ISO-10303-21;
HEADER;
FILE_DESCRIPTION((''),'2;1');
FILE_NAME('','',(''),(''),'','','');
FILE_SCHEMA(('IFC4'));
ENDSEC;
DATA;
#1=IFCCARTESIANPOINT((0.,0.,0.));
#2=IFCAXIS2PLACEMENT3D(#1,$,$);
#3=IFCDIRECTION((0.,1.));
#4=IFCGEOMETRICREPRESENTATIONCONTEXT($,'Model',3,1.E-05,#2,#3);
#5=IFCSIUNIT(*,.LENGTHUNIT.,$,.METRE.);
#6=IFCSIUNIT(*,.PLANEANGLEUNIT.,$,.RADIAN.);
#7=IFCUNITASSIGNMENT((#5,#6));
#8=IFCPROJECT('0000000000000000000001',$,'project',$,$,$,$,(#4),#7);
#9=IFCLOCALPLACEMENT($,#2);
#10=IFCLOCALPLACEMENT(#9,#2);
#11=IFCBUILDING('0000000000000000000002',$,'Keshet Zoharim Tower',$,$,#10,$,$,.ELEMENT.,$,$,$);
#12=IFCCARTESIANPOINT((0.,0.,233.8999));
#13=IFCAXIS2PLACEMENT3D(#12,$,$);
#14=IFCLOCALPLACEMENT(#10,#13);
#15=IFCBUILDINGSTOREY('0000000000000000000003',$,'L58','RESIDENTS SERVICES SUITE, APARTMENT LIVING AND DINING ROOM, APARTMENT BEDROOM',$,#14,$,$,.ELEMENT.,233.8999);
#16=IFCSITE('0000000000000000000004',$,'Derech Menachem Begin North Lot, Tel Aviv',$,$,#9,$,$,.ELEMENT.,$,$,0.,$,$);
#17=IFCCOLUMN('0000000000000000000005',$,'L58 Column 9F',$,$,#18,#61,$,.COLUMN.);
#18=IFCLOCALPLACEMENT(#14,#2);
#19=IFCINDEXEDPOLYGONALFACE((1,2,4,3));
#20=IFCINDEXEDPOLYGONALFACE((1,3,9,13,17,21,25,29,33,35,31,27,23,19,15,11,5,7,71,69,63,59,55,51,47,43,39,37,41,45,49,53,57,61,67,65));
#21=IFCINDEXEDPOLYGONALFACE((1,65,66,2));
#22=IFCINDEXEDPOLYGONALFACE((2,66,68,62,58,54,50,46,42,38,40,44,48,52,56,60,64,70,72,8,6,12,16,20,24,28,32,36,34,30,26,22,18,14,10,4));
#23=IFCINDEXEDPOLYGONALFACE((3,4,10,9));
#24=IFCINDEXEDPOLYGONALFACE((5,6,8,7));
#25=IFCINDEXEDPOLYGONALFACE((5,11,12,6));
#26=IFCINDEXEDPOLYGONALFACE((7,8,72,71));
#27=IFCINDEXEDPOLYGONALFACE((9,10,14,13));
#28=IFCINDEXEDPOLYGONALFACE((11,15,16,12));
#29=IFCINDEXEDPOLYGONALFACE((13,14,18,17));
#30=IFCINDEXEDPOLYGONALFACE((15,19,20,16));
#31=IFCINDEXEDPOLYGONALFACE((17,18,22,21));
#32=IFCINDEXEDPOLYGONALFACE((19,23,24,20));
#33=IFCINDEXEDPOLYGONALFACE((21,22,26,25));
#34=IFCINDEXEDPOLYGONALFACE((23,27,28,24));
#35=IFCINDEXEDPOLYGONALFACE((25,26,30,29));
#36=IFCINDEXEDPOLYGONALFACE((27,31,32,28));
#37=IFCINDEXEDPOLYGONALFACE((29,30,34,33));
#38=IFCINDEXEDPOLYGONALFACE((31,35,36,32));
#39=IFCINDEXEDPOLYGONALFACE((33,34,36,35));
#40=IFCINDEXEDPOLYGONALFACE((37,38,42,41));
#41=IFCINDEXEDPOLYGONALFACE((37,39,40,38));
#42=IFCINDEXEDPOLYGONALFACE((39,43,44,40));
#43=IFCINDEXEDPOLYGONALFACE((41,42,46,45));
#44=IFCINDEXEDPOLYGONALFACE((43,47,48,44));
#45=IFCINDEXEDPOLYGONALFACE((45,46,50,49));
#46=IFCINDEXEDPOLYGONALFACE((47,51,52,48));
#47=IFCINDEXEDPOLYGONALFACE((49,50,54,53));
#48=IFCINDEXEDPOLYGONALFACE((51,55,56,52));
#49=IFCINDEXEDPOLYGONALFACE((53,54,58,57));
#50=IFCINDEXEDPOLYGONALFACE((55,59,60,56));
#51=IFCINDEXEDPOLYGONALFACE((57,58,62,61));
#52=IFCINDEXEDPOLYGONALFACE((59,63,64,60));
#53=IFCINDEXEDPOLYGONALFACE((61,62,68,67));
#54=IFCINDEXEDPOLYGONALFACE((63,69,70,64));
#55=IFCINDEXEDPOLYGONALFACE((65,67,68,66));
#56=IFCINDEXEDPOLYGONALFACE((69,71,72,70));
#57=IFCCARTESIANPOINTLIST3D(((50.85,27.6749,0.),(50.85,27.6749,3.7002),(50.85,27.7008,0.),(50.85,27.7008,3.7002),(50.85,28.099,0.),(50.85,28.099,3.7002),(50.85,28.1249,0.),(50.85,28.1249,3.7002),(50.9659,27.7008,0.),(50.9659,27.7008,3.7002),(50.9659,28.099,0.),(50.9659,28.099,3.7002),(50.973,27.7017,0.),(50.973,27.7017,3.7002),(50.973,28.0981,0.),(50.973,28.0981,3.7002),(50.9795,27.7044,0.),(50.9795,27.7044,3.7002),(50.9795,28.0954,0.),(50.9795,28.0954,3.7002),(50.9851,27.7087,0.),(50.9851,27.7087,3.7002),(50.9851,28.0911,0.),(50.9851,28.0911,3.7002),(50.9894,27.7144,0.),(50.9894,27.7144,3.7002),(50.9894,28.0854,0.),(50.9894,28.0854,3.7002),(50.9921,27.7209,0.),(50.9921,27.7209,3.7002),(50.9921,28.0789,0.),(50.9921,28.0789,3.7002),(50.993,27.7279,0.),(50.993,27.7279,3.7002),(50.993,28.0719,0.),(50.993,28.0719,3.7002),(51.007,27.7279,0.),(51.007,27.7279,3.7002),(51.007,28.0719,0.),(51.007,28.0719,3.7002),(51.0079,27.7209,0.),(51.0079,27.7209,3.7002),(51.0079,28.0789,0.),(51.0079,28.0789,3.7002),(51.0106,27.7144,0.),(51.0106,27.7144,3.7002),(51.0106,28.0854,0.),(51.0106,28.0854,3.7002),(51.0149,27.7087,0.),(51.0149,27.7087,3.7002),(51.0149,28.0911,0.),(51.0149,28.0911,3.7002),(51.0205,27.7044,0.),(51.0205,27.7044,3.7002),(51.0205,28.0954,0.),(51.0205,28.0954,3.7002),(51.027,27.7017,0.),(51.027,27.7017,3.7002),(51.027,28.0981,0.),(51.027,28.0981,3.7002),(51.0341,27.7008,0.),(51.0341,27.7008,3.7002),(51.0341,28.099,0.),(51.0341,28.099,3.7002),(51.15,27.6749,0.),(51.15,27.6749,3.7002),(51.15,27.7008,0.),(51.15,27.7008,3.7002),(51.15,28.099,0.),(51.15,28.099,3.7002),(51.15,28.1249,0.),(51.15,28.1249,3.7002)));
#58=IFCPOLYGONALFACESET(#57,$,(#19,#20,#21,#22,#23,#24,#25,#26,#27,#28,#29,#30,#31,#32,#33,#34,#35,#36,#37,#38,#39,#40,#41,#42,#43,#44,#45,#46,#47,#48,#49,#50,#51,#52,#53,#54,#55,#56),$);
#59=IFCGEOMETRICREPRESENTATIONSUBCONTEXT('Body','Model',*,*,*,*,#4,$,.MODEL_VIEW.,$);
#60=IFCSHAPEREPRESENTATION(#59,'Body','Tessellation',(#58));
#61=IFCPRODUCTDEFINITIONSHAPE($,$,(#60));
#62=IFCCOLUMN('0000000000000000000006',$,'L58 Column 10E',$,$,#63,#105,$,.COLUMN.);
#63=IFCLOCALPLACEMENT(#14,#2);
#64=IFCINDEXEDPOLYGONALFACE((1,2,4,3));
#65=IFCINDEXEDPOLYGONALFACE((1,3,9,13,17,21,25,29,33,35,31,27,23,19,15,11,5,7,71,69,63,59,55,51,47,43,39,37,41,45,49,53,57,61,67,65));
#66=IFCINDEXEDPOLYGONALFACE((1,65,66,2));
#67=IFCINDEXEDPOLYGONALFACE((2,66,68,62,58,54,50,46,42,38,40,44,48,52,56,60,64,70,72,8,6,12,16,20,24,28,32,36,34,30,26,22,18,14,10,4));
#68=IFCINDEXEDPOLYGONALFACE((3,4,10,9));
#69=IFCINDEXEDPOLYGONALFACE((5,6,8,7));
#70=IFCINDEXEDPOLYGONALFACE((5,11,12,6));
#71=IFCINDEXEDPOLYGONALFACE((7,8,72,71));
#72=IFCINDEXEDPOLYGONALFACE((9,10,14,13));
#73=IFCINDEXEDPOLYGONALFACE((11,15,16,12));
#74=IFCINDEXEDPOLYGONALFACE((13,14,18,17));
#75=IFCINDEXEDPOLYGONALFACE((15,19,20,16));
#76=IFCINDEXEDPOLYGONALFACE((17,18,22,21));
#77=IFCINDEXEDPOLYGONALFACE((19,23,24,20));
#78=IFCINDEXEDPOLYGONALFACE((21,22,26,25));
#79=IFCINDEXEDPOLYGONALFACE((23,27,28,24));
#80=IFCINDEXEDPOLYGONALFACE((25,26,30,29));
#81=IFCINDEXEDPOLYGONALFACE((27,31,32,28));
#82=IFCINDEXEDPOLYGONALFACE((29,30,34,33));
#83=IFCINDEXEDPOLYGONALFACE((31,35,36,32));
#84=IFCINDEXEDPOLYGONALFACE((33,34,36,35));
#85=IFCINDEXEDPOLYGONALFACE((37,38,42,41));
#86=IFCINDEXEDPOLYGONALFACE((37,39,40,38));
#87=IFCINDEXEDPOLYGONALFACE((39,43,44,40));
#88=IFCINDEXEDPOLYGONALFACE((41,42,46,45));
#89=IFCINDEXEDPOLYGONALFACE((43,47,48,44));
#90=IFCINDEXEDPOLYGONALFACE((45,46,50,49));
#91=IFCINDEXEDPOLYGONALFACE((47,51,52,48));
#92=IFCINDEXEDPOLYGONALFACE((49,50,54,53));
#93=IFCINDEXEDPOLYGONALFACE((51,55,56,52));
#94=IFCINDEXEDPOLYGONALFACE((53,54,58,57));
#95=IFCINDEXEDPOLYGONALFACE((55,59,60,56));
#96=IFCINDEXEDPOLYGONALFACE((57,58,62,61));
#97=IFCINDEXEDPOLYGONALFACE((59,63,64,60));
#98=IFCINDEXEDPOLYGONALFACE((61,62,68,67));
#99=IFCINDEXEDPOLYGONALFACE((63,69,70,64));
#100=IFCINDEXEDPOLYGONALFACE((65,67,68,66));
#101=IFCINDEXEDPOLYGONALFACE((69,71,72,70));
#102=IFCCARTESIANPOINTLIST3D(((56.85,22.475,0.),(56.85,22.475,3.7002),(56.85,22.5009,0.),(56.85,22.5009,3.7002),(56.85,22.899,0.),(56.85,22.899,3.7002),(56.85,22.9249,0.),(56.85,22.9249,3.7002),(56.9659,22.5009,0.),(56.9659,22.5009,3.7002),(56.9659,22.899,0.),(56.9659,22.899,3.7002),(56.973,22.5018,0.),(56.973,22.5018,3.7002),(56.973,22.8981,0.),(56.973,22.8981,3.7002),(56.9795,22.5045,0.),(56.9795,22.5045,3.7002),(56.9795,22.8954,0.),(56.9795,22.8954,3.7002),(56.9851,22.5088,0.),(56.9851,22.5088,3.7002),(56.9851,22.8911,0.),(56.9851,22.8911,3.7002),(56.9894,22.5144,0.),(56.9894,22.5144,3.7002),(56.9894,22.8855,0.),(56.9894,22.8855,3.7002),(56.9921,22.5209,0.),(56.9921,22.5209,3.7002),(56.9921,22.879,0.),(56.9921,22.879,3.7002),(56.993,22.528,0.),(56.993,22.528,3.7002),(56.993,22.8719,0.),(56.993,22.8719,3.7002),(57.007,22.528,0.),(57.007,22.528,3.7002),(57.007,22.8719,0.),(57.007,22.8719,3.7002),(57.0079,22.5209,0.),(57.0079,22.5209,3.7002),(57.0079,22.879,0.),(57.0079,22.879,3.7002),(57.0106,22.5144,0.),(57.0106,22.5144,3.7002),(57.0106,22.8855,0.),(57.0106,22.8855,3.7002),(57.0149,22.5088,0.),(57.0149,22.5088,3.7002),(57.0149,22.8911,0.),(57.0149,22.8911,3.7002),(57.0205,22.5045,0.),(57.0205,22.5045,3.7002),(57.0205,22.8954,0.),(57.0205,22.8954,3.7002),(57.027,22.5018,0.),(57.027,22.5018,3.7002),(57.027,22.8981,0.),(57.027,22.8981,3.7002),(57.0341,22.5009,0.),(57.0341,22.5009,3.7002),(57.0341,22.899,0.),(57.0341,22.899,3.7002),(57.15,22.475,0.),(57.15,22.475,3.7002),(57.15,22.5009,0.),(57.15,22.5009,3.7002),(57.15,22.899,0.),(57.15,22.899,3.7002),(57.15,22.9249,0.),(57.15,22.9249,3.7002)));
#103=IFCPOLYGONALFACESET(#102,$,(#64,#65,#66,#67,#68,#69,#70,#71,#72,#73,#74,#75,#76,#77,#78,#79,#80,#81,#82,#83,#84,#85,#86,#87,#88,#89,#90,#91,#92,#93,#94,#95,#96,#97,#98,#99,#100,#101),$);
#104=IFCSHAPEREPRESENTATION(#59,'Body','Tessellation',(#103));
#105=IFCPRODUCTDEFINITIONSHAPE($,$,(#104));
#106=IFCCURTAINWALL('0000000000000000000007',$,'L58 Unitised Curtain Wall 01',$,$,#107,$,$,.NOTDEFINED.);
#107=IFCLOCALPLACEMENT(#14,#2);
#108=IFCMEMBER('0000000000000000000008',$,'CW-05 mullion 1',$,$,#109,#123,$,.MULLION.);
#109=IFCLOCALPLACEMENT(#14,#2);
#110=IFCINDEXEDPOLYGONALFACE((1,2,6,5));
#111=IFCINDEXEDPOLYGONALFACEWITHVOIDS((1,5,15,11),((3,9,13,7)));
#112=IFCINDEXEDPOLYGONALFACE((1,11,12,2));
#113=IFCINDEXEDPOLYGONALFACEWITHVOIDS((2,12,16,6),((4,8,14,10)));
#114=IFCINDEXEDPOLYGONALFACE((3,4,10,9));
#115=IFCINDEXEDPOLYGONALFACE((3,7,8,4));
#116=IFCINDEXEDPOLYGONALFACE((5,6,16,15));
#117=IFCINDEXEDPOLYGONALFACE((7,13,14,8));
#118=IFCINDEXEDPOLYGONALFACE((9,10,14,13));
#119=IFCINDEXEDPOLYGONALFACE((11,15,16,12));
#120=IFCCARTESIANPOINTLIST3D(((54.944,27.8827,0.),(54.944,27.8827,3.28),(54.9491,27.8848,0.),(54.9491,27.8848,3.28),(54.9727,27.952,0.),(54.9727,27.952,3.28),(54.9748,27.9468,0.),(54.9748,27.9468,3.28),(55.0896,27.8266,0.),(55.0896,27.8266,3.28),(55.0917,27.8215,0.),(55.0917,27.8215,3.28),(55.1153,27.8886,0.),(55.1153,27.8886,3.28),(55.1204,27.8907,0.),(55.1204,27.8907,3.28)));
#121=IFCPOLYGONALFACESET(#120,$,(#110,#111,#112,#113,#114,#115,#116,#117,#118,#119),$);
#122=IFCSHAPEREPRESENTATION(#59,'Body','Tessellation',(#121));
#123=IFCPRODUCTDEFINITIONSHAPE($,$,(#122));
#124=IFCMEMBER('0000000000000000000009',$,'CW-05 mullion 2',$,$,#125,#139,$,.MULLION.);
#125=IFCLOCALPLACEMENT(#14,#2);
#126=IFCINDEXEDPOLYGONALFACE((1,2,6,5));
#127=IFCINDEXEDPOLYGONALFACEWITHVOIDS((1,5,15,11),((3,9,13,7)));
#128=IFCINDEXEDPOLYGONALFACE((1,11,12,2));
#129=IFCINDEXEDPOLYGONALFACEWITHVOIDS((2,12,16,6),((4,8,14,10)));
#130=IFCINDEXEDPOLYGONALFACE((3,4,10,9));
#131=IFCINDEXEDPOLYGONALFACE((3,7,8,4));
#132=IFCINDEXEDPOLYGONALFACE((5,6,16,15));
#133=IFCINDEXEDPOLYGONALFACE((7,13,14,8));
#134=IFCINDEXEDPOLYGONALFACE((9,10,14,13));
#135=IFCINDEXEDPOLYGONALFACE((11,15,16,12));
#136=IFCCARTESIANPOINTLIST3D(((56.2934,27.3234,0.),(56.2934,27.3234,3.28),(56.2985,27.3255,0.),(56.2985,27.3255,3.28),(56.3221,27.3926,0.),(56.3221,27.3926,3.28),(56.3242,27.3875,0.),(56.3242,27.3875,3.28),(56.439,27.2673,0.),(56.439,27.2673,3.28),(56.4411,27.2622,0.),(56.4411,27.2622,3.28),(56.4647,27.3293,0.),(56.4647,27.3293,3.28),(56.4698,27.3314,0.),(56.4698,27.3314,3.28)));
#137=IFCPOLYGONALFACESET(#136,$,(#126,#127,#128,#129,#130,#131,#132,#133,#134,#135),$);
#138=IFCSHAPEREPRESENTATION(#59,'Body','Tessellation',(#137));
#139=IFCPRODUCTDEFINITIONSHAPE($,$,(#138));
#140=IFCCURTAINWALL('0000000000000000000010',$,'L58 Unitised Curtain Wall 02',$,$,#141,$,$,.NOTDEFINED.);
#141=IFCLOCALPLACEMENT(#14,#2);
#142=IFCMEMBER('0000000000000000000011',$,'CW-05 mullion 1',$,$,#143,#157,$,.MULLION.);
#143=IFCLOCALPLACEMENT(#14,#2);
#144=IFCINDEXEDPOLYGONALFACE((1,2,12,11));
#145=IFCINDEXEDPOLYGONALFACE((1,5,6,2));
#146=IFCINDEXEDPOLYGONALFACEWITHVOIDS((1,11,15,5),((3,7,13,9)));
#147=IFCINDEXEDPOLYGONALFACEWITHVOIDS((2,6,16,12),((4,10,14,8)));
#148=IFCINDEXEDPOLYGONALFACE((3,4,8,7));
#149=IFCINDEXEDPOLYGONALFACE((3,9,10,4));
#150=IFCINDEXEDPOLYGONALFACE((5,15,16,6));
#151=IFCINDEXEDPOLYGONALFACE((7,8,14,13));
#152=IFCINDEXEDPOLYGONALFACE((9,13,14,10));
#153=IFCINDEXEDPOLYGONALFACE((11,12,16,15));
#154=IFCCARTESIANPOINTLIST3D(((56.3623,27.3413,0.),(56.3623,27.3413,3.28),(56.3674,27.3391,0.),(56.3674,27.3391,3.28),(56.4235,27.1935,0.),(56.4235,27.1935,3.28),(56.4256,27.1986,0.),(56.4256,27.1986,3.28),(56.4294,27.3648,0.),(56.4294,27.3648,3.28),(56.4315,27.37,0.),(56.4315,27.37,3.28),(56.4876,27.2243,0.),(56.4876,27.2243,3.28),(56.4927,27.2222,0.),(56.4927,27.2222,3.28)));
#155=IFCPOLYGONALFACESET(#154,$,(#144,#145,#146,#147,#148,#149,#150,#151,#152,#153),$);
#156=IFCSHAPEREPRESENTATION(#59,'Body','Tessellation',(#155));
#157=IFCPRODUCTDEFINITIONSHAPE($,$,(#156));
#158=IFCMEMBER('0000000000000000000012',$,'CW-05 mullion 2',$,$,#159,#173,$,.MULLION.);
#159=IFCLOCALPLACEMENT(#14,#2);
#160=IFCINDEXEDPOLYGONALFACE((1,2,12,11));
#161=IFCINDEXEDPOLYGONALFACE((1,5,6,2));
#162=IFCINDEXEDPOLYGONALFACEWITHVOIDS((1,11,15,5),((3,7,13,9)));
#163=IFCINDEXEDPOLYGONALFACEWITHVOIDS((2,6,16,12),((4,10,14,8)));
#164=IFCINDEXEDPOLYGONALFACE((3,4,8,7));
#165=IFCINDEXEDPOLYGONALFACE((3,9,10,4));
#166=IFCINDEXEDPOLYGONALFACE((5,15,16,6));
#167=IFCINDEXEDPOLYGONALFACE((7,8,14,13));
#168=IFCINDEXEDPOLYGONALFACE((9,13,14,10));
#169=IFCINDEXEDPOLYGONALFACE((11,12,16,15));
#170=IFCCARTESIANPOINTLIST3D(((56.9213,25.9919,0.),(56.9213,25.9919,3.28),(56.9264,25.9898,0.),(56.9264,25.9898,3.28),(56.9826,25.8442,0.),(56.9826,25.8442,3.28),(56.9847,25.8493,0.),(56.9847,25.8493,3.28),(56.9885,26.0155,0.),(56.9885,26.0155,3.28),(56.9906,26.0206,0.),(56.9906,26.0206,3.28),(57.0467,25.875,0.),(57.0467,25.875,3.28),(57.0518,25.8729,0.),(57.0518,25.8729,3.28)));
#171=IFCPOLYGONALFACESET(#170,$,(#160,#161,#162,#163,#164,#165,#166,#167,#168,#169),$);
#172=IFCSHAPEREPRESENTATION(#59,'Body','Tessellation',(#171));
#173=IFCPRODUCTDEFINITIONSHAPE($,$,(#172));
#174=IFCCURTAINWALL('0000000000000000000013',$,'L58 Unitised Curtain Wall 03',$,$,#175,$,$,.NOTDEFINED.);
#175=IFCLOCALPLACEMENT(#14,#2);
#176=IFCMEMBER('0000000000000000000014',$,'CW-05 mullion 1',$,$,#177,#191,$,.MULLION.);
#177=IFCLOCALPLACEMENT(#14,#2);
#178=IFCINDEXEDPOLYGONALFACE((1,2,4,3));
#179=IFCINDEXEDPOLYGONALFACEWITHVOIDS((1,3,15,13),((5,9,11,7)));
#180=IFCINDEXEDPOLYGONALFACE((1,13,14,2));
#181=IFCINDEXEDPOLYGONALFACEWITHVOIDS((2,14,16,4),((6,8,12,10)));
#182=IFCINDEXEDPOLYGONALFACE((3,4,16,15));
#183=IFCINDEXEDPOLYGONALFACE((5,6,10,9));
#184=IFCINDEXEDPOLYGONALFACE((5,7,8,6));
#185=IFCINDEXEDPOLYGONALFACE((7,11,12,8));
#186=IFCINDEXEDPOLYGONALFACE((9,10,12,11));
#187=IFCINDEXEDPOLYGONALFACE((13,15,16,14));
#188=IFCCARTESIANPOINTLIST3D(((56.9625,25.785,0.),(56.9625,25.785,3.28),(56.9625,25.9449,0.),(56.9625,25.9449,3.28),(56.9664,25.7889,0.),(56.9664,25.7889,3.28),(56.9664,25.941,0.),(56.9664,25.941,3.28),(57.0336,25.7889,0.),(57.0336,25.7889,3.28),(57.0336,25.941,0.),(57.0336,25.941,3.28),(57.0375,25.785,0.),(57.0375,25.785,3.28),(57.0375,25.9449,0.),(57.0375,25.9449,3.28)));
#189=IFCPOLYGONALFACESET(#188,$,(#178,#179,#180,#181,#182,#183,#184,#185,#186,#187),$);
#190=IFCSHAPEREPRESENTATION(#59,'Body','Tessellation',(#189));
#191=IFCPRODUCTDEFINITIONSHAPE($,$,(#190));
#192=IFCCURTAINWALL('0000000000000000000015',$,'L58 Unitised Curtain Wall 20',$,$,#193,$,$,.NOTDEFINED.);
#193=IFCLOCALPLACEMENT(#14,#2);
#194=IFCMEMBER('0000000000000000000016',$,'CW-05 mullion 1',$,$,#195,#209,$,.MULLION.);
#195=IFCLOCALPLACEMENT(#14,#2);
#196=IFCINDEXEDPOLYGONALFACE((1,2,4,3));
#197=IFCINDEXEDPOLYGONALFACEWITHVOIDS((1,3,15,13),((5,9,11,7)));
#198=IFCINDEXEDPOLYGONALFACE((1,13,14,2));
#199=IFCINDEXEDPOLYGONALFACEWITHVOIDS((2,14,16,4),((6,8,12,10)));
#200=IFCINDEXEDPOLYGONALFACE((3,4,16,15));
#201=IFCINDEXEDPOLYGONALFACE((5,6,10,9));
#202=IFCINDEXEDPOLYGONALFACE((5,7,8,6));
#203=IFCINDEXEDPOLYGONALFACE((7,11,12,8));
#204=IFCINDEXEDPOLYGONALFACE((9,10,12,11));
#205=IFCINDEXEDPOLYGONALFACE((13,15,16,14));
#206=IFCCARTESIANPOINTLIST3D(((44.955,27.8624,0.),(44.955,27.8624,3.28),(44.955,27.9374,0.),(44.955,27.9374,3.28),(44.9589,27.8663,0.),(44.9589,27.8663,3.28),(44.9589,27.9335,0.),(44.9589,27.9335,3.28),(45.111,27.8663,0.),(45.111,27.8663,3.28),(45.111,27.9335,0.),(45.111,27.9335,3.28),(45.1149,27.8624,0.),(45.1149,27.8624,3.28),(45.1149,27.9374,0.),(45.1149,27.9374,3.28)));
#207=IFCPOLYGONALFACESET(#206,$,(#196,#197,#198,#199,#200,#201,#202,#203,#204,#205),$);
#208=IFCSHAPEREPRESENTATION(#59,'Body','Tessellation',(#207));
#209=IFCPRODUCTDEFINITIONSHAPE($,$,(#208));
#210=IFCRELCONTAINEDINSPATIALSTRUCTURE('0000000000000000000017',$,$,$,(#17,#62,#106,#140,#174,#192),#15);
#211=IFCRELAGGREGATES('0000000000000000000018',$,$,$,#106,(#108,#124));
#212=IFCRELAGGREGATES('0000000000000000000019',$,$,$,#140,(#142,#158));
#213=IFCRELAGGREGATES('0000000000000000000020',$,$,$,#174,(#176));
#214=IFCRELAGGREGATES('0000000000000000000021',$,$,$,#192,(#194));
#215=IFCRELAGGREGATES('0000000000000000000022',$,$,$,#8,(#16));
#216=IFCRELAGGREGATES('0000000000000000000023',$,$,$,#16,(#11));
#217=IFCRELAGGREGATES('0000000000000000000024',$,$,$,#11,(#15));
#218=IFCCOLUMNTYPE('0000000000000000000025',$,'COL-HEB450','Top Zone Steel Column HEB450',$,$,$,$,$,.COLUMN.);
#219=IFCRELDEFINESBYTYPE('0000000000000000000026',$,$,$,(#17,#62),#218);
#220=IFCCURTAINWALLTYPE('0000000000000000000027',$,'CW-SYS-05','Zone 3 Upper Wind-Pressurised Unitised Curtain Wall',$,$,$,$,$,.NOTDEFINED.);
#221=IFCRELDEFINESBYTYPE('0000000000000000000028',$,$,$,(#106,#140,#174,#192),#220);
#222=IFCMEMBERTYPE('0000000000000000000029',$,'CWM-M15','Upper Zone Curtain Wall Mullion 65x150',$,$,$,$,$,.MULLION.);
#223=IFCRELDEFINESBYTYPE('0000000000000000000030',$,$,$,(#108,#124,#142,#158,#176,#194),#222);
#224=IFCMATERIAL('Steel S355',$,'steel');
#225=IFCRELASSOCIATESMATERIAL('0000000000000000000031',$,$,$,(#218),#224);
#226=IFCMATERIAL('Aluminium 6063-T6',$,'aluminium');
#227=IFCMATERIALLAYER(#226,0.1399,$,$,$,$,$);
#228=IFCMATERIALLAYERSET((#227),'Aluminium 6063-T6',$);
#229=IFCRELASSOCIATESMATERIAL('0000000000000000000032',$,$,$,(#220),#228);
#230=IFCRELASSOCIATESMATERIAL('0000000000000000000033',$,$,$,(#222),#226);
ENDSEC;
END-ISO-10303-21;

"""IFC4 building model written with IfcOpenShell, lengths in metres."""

from ifc_helpers import new_model, si_unit, direction, frame, origin, origin_2d, place, context, subcontext, project, spatial, hollow_rectangle, i_section, extrude, material, layer, layer_set, material_profile, profile_set, type_object, element, aggregate, save


model = new_model("IFC4")

# Units and contexts
model_context = context("Model", 3, precision=1e-05, world=origin(), true_north=direction((0.0, 1.0)))
body_context = subcontext(model_context, "Body", "Model", "MODEL_VIEW")
ifc_project = project(units=[si_unit("LENGTHUNIT", "METRE"), si_unit("PLANEANGLEUNIT", "RADIAN")], contexts=[model_context])

# Site, building, storey
site_placement = place(None, origin())
site = spatial("IfcSite", under=ifc_project, at=site_placement, Name="Derech Menachem Begin North Lot, Tel Aviv", CompositionType="ELEMENT", RefElevation=0.0)
building_placement = place(site_placement, origin())
building = spatial("IfcBuilding", under=site, at=building_placement, Name="Keshet Zoharim Tower", CompositionType="ELEMENT")
storey_placement = place(building_placement, frame((0.0, 0.0, 233.8999)))
storey = spatial("IfcBuildingStorey", under=building, at=storey_placement, Name="L58", Description="RESIDENTS SERVICES SUITE, APARTMENT LIVING AND DINING ROOM, APARTMENT BEDROOM", CompositionType="ELEMENT", Elevation=233.8999)

# Columns
ifc_material_1 = material(Name="Steel S355", Category="steel")
ifc_material_profile_1 = material_profile(ifc_material_1, i_section(OverallWidth=0.3, OverallDepth=0.45, WebThickness=0.0139, FlangeThickness=0.0259, FilletRadius=0.0271, at=origin_2d()), Name="HEB450")
ifc_profile_set_1 = profile_set([ifc_material_profile_1], Name="Steel S355")
column_type = type_object("IfcColumnType", Name="COL-HEB450", Description="Top Zone Steel Column HEB450", PredefinedType="COLUMN", material=ifc_profile_set_1)
for number, where, z_axis, x_axis, name in (
    (1, (51.0, 27.8999, 0.0), (0.0, 0.0, 1.0), (1.0, 0.0, 0.0), "L58 Column 9F"),
    (2, (57.0, 22.7, 0.0), (0.0, 0.0, 1.0), (1.0, 0.0, 0.0), "L58 Column 10E"),
):
    element("IfcColumn", number, at=place(storey_placement, frame(where, z_axis=z_axis, x_axis=x_axis)), inside=storey, type_object=column_type, Name=name, PredefinedType="COLUMN", context=body_context, shape_type="SweptSolid", body=[
        extrude(i_section(OverallWidth=0.3, OverallDepth=0.45, WebThickness=0.0139, FlangeThickness=0.0259, FilletRadius=0.0271, at=origin_2d()), origin(), (0.0, 0.0, 1.0), 3.7002),
    ])

# Curtain walls, members
ifc_material_2 = material(Name="Aluminium 6063-T6", Category="aluminium")
ifc_layer_1 = layer(ifc_material_2, 0.1399)
ifc_layer_set_1 = layer_set([ifc_layer_1], Name="Aluminium 6063-T6")
curtain_wall_type = type_object("IfcCurtainWallType", Name="CW-SYS-05", Description="Zone 3 Upper Wind-Pressurised Unitised Curtain Wall", PredefinedType="NOTDEFINED", material=ifc_layer_set_1)
curtain_wall_1_placement = place(storey_placement, origin())
curtain_wall_1 = element("IfcCurtainWall", 3, at=curtain_wall_1_placement, inside=storey, type_object=curtain_wall_type, Name="L58 Unitised Curtain Wall 01", PredefinedType="NOTDEFINED")
ifc_material_profile_2 = material_profile(ifc_material_2, hollow_rectangle(XDim=0.075, YDim=0.1599, WallThickness=0.0039, at=origin_2d()), Name="MUL-75x160")
ifc_profile_set_2 = profile_set([ifc_material_profile_2], Name="Aluminium 6063-T6")
member_type_1 = type_object("IfcMemberType", Name="CWM-M15", Description="Upper Zone Curtain Wall Mullion 65x150", PredefinedType="MULLION", material=ifc_profile_set_2)
member_1_placement = place(storey_placement, frame((55.0322, 27.8867, 0.0), z_axis=(0.0, 0.0, 1.0), x_axis=(0.382852, 0.92381, 0.0)))
member_1 = element("IfcMember", 4, at=member_1_placement, type_object=member_type_1, Name="CW-05 mullion 1", PredefinedType="MULLION", context=body_context, shape_type="SweptSolid", body=[
    extrude(hollow_rectangle(XDim=0.075, YDim=0.1599, WallThickness=0.0039, at=origin_2d()), origin(), (0.0, 0.0, 1.0), 3.28),
])
member_2_placement = place(storey_placement, frame((56.3816, 27.3274, 0.0), z_axis=(0.0, 0.0, 1.0), x_axis=(0.382852, 0.92381, 0.0)))
member_2 = element("IfcMember", 5, at=member_2_placement, type_object=member_type_1, Name="CW-05 mullion 2", PredefinedType="MULLION", context=body_context, shape_type="SweptSolid", body=[
    extrude(hollow_rectangle(XDim=0.075, YDim=0.1599, WallThickness=0.0039, at=origin_2d()), origin(), (0.0, 0.0, 1.0), 3.28),
])
curtain_wall_2_placement = place(storey_placement, origin())
curtain_wall_2 = element("IfcCurtainWall", 6, at=curtain_wall_2_placement, inside=storey, type_object=curtain_wall_type, Name="L58 Unitised Curtain Wall 02", PredefinedType="NOTDEFINED")
member_3_placement = place(storey_placement, frame((56.4275, 27.2817, 0.0), z_axis=(0.0, 0.0, 1.0), x_axis=(0.92381, 0.382852, 0.0)))
member_3 = element("IfcMember", 7, at=member_3_placement, type_object=member_type_1, Name="CW-05 mullion 1", PredefinedType="MULLION", context=body_context, shape_type="SweptSolid", body=[
    extrude(hollow_rectangle(XDim=0.075, YDim=0.1599, WallThickness=0.0039, at=origin_2d()), origin(), (0.0, 0.0, 1.0), 3.28),
])
member_4_placement = place(storey_placement, frame((56.9866, 25.9324, 0.0), z_axis=(0.0, 0.0, 1.0), x_axis=(0.92381, 0.382852, 0.0)))
member_4 = element("IfcMember", 8, at=member_4_placement, type_object=member_type_1, Name="CW-05 mullion 2", PredefinedType="MULLION", context=body_context, shape_type="SweptSolid", body=[
    extrude(hollow_rectangle(XDim=0.075, YDim=0.1599, WallThickness=0.0039, at=origin_2d()), origin(), (0.0, 0.0, 1.0), 3.28),
])

# Curtain wall, member
curtain_wall_3_placement = place(storey_placement, origin())
curtain_wall_3 = element("IfcCurtainWall", 9, at=curtain_wall_3_placement, inside=storey, type_object=curtain_wall_type, Name="L58 Unitised Curtain Wall 03", PredefinedType="NOTDEFINED")
member_5_placement = place(storey_placement, frame((57.0, 25.865, 0.0), z_axis=(0.0, 0.0, 1.0), x_axis=(1.0, 0.0, 0.0)))
member_5 = element("IfcMember", 10, at=member_5_placement, type_object=member_type_1, Name="CW-05 mullion 1", PredefinedType="MULLION", context=body_context, shape_type="SweptSolid", body=[
    extrude(hollow_rectangle(XDim=0.075, YDim=0.1599, WallThickness=0.0039, at=origin_2d()), origin(), (0.0, 0.0, 1.0), 3.28),
])

# Curtain wall, member
curtain_wall_4_placement = place(storey_placement, origin())
curtain_wall_4 = element("IfcCurtainWall", 11, at=curtain_wall_4_placement, inside=storey, type_object=curtain_wall_type, Name="L58 Unitised Curtain Wall 20", PredefinedType="NOTDEFINED")
member_6_placement = place(storey_placement, frame((45.0349, 27.8999, 0.0), z_axis=(0.0, 0.0, 1.0), x_axis=(0.0, 1.0, 0.0)))
member_6 = element("IfcMember", 12, at=member_6_placement, type_object=member_type_1, Name="CW-05 mullion 1", PredefinedType="MULLION", context=body_context, shape_type="SweptSolid", body=[
    extrude(hollow_rectangle(XDim=0.075, YDim=0.1599, WallThickness=0.0039, at=origin_2d()), origin(), (0.0, 0.0, 1.0), 3.28),
])

aggregate(curtain_wall_1, [member_1, member_2])
aggregate(curtain_wall_2, [member_3, member_4])
aggregate(curtain_wall_3, [member_5])
aggregate(curtain_wall_4, [member_6])

save(model, "model.ifc")
